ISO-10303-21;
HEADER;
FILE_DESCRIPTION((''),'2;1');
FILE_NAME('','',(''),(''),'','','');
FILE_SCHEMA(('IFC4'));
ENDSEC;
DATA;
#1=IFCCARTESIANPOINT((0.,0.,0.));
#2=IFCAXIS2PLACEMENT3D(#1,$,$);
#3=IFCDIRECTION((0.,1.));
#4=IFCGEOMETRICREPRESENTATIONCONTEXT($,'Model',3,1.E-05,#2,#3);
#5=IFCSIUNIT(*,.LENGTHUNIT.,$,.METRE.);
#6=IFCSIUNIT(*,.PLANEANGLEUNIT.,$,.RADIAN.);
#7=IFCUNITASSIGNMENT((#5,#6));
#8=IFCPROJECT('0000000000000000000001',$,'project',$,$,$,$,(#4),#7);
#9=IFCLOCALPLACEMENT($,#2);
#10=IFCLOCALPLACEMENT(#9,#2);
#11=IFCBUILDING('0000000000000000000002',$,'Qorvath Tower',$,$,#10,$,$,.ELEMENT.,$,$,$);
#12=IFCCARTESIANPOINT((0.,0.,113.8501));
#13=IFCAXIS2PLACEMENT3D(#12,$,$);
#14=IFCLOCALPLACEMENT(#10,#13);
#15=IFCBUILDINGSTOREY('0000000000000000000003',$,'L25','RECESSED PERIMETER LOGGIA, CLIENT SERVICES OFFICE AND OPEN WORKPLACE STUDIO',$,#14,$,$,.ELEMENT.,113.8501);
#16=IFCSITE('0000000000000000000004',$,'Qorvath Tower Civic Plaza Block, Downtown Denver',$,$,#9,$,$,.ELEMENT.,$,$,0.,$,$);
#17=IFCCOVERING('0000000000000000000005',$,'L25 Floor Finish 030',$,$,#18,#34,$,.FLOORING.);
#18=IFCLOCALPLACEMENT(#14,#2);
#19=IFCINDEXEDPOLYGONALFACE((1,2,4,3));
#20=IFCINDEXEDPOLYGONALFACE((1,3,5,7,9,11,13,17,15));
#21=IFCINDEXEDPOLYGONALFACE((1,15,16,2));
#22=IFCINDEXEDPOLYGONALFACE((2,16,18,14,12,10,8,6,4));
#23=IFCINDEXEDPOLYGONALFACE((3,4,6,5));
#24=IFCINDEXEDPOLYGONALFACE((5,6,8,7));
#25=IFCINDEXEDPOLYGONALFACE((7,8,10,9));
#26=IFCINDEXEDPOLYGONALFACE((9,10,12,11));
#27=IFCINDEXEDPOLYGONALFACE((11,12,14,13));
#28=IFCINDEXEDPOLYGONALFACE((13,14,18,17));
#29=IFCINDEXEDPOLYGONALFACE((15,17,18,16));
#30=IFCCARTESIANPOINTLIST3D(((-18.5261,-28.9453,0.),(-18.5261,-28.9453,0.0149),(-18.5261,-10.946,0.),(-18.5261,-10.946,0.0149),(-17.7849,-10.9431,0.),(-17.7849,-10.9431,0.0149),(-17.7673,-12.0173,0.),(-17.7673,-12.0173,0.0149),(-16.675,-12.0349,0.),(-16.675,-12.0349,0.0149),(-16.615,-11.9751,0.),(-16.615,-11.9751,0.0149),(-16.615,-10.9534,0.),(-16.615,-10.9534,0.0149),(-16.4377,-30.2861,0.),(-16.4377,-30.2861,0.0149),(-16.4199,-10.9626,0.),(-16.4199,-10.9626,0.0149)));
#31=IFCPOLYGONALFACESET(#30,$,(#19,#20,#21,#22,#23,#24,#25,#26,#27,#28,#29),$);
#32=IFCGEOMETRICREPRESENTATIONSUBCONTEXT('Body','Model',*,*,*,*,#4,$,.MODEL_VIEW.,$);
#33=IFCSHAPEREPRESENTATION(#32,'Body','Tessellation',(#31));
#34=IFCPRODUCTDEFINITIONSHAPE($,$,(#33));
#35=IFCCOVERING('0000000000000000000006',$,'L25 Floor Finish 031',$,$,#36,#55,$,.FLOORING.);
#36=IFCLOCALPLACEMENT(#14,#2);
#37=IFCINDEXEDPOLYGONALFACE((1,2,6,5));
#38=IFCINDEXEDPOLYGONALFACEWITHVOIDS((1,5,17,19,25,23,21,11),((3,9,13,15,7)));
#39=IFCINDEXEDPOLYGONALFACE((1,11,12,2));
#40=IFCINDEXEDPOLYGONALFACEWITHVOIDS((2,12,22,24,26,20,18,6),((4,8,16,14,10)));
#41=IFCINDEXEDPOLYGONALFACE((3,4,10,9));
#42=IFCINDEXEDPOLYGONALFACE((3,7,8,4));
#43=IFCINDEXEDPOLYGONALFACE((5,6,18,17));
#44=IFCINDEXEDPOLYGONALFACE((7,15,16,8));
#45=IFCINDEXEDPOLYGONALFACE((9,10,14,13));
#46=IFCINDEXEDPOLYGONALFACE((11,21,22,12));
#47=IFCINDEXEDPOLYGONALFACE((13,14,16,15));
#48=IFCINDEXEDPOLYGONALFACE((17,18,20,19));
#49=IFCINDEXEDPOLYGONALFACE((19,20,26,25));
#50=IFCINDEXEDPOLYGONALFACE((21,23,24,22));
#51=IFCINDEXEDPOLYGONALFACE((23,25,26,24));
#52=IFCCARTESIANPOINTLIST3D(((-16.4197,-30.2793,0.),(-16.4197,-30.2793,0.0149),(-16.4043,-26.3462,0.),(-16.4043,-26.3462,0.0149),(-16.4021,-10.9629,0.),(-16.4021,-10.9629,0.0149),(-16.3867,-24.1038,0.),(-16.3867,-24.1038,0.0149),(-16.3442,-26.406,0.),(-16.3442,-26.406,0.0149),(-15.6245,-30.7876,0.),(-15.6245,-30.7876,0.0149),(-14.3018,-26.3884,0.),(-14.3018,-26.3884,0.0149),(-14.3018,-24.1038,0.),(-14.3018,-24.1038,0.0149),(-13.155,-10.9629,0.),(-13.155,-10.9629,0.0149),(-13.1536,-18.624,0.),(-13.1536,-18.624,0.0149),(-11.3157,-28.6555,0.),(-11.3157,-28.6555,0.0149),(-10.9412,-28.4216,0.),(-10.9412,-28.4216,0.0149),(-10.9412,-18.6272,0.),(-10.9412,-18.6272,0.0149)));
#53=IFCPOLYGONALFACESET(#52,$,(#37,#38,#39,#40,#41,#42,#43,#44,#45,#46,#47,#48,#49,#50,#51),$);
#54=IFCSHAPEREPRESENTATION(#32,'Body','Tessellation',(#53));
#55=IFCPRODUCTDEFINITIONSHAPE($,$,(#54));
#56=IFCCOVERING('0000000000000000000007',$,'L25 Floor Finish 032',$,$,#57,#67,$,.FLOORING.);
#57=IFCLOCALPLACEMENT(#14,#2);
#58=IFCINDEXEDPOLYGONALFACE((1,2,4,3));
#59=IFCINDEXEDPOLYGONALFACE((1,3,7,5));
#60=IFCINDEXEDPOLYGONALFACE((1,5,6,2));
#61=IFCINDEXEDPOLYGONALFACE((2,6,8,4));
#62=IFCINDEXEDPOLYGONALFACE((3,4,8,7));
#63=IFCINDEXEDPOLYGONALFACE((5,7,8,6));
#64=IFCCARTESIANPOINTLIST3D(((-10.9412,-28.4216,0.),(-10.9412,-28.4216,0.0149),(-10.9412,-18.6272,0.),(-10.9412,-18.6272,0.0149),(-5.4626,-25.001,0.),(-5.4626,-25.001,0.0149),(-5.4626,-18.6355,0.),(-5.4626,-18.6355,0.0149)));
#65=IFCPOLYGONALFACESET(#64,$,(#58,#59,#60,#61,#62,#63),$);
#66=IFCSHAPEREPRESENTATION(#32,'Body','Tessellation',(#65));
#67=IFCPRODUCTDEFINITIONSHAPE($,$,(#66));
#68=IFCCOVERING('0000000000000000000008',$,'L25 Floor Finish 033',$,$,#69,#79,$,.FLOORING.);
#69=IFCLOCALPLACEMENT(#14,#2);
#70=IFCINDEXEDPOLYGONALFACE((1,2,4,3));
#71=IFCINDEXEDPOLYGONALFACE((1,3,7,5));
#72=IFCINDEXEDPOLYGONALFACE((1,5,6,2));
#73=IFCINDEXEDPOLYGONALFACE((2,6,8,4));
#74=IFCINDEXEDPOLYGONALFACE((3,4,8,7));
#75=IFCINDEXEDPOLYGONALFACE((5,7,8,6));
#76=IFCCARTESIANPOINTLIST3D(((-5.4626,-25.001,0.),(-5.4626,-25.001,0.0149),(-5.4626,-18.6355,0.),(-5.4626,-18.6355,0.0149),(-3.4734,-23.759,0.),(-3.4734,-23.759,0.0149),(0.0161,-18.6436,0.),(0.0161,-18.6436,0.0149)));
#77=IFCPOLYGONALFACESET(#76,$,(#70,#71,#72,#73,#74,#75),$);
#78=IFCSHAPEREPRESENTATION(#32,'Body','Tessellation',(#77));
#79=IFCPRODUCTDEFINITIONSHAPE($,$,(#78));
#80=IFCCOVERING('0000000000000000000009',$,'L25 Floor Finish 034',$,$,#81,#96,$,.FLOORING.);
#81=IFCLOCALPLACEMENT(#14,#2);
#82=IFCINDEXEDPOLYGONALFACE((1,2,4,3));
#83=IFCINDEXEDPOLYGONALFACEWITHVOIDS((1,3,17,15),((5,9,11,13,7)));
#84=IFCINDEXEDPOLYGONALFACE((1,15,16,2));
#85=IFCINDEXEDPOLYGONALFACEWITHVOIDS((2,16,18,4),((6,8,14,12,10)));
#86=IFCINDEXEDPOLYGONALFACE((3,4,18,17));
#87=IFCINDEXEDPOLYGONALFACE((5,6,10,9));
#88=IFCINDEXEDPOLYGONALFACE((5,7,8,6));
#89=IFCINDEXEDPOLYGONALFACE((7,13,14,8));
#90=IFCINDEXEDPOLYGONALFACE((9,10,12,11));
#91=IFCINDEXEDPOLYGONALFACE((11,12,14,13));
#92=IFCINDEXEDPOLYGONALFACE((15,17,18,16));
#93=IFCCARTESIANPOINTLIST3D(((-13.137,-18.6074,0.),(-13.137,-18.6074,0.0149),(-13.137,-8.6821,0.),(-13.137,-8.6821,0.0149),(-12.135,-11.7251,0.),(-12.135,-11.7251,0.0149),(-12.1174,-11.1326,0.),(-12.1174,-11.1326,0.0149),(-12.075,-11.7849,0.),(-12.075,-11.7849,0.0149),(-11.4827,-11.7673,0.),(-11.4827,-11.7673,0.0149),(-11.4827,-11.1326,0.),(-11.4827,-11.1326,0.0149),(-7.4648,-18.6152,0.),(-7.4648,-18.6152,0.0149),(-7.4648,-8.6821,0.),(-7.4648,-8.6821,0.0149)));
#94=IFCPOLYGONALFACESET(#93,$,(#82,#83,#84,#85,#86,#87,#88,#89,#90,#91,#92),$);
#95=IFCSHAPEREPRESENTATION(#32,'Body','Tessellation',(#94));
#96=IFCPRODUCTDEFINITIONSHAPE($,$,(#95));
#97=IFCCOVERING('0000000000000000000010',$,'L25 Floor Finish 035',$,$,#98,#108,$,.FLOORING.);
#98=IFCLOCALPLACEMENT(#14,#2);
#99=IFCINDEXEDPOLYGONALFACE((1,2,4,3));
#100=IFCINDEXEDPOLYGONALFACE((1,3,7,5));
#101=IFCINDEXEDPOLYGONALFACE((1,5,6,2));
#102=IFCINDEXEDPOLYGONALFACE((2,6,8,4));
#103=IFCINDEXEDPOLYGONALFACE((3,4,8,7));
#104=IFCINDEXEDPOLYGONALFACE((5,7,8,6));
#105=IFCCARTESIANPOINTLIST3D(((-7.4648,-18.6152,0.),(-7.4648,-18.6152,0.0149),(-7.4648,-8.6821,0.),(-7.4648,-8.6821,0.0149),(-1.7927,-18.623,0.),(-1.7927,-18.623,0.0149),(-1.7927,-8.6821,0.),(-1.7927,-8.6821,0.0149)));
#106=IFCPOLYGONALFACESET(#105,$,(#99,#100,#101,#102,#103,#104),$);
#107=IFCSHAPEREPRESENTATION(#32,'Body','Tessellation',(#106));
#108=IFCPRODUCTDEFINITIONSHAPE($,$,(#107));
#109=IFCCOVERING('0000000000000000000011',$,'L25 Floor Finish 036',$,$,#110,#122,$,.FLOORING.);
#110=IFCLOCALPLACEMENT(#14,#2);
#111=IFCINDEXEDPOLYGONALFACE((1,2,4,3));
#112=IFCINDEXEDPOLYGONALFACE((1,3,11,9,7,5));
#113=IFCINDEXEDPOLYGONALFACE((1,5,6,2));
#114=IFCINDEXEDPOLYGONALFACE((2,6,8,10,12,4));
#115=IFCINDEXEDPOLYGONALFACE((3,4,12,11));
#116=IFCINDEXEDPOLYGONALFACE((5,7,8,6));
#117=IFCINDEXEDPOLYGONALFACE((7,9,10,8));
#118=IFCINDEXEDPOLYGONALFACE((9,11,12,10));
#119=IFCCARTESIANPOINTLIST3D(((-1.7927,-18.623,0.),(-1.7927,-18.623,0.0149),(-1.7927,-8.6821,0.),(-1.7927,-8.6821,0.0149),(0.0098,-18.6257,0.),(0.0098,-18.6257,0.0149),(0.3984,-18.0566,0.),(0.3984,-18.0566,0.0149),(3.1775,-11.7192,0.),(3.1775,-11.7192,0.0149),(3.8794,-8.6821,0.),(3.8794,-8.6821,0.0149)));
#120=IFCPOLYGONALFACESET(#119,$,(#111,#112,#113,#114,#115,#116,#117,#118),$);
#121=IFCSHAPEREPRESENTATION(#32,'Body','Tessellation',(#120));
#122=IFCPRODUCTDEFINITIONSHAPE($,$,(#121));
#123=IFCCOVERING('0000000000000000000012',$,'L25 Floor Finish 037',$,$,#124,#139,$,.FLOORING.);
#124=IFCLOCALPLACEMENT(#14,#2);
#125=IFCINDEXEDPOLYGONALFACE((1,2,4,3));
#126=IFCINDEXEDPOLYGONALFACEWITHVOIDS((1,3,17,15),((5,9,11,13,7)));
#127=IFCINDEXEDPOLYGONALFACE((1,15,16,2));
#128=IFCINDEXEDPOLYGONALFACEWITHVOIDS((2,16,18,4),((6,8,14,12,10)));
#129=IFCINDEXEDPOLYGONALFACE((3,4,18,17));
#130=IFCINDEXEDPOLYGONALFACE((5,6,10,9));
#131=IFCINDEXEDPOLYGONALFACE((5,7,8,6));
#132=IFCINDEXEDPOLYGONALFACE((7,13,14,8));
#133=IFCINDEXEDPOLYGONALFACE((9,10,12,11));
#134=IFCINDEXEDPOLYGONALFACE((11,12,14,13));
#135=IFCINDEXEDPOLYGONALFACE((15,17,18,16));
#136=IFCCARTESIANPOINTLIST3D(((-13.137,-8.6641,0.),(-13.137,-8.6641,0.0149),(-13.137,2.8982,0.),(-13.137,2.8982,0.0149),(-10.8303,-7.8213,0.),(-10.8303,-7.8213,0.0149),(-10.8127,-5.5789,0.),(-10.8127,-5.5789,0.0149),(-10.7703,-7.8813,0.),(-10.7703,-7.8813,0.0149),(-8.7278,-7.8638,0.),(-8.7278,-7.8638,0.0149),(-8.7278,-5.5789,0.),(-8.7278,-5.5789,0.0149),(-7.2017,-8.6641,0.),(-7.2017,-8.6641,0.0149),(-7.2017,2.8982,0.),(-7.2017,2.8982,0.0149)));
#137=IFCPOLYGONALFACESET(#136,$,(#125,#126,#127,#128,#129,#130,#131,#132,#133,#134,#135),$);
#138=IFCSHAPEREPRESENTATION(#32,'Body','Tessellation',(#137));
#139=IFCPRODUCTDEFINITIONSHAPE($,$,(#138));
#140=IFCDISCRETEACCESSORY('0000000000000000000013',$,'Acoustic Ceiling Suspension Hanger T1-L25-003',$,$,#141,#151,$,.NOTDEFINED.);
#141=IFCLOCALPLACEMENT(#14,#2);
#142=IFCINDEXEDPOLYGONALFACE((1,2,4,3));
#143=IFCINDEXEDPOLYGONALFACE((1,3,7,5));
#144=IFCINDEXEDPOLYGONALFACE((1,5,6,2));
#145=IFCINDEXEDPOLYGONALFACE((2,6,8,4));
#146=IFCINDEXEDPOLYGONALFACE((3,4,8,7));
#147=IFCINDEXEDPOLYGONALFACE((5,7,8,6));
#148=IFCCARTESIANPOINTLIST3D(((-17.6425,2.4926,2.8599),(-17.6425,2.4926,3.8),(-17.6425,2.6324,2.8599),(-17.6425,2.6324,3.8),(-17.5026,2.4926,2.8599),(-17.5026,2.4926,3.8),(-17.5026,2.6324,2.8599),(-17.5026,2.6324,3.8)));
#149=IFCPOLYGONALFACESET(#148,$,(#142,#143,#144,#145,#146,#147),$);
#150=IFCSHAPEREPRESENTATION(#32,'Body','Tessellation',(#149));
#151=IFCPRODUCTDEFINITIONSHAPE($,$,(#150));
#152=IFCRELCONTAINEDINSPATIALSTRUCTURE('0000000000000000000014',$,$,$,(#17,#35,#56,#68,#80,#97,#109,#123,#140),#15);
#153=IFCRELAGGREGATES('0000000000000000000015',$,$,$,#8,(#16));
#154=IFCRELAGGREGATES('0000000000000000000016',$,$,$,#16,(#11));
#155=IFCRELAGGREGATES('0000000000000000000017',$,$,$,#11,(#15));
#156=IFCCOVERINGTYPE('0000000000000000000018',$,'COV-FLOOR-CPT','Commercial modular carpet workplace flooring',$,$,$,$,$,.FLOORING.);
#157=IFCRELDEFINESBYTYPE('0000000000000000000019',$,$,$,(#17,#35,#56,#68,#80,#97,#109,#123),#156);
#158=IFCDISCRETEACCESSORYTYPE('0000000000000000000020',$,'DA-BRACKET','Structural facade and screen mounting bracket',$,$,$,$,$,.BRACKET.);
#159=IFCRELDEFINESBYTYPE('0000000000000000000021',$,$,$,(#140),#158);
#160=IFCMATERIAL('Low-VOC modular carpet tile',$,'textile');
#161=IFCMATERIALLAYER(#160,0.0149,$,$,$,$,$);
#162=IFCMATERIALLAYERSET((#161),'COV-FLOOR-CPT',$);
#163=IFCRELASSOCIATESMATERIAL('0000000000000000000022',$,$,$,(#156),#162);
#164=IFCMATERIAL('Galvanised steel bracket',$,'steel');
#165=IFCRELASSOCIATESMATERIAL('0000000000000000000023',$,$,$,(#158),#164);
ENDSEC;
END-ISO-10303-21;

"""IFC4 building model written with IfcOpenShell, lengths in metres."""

from ifc_helpers import new_model, si_unit, direction, frame, origin, origin_2d, place, context, subcontext, project, spatial, polyline, rectangle, outline, extrude, material, layer, layer_set, type_object, element, save


model = new_model("IFC4")

# Units and contexts
model_context = context("Model", 3, precision=1e-05, world=origin(), true_north=direction((0.0, 1.0)))
body_context = subcontext(model_context, "Body", "Model", "MODEL_VIEW")
ifc_project = project(units=[si_unit("LENGTHUNIT", "METRE"), si_unit("PLANEANGLEUNIT", "RADIAN")], contexts=[model_context])

# Site, building, storey
site_placement = place(None, origin())
site = spatial("IfcSite", under=ifc_project, at=site_placement, Name="Qorvath Tower Civic Plaza Block, Downtown Denver", CompositionType="ELEMENT", RefElevation=0.0)
building_placement = place(site_placement, origin())
building = spatial("IfcBuilding", under=site, at=building_placement, Name="Qorvath Tower", CompositionType="ELEMENT")
storey_placement = place(building_placement, frame((0.0, 0.0, 113.8501)))
storey = spatial("IfcBuildingStorey", under=building, at=storey_placement, Name="L25", Description="RECESSED PERIMETER LOGGIA, CLIENT SERVICES OFFICE AND OPEN WORKPLACE STUDIO", CompositionType="ELEMENT", Elevation=113.8501)

# Coverings
ifc_material_1 = material(Name="Low-VOC modular carpet tile", Category="textile")
ifc_layer_1 = layer(ifc_material_1, 0.0149)
ifc_layer_set_1 = layer_set([ifc_layer_1], Name="COV-FLOOR-CPT")
covering_type_1 = type_object("IfcCoveringType", Name="COV-FLOOR-CPT", Description="Commercial modular carpet workplace flooring", PredefinedType="FLOORING", material=ifc_layer_set_1)
covering_1_placement = place(storey_placement, origin())
element("IfcCovering", 1, at=covering_1_placement, inside=storey, type_object=covering_type_1, Name="L25 Floor Finish 030", PredefinedType="FLOORING", context=body_context, shape_type="SweptSolid", body=[
    extrude(outline(polyline([(-16.4377, -30.2861), (-16.4199, -10.9626), (-16.615, -10.9534), (-16.615, -11.9751), (-16.675, -12.0349), (-17.7673, -12.0173), (-17.7849, -10.9431), (-18.5261, -10.946), (-18.5261, -28.9453), (-16.4377, -30.2861)])), origin(), (0.0, 0.0, 1.0), 0.0149),
])
covering_2_placement = place(storey_placement, origin())
element("IfcCovering", 2, at=covering_2_placement, inside=storey, type_object=covering_type_1, Name="L25 Floor Finish 031", PredefinedType="FLOORING", context=body_context, shape_type="SweptSolid", body=[
    extrude(outline(polyline([(-16.4197, -30.2793), (-15.6245, -30.7876), (-11.3157, -28.6555), (-10.9412, -28.4216), (-10.9412, -18.6272), (-13.1536, -18.624), (-13.155, -10.9629), (-16.4021, -10.9629), (-16.4197, -30.2793)]), holes=[polyline([(-16.4043, -26.3462), (-16.3867, -24.1038), (-14.3018, -24.1038), (-14.3018, -26.3884), (-16.3442, -26.406), (-16.4043, -26.3462)])]), origin(), (0.0, 0.0, 1.0), 0.0149),
])
covering_3_placement = place(storey_placement, origin())
element("IfcCovering", 3, at=covering_3_placement, inside=storey, type_object=covering_type_1, Name="L25 Floor Finish 032", PredefinedType="FLOORING", context=body_context, shape_type="SweptSolid", body=[
    extrude(outline(polyline([(-10.9412, -18.6272), (-10.9412, -28.4216), (-5.4626, -25.001), (-5.4626, -18.6355), (-10.9412, -18.6272)])), origin(), (0.0, 0.0, 1.0), 0.0149),
])
covering_4_placement = place(storey_placement, origin())
element("IfcCovering", 4, at=covering_4_placement, inside=storey, type_object=covering_type_1, Name="L25 Floor Finish 033", PredefinedType="FLOORING", context=body_context, shape_type="SweptSolid", body=[
    extrude(outline(polyline([(-5.4626, -18.6355), (-5.4626, -25.001), (-3.4734, -23.759), (0.0161, -18.6436), (-5.4626, -18.6355)])), origin(), (0.0, 0.0, 1.0), 0.0149),
])
covering_5_placement = place(storey_placement, origin())
element("IfcCovering", 5, at=covering_5_placement, inside=storey, type_object=covering_type_1, Name="L25 Floor Finish 034", PredefinedType="FLOORING", context=body_context, shape_type="SweptSolid", body=[
    extrude(outline(polyline([(-13.137, -18.6074), (-7.4648, -18.6152), (-7.4648, -8.6821), (-13.137, -8.6821), (-13.137, -18.6074)]), holes=[polyline([(-12.135, -11.7251), (-12.1174, -11.1326), (-11.4827, -11.1326), (-11.4827, -11.7673), (-12.075, -11.7849), (-12.135, -11.7251)])]), origin(), (0.0, 0.0, 1.0), 0.0149),
])
covering_6_placement = place(storey_placement, origin())
element("IfcCovering", 6, at=covering_6_placement, inside=storey, type_object=covering_type_1, Name="L25 Floor Finish 035", PredefinedType="FLOORING", context=body_context, shape_type="SweptSolid", body=[
    extrude(outline(polyline([(-7.4648, -8.6821), (-7.4648, -18.6152), (-1.7927, -18.623), (-1.7927, -8.6821), (-7.4648, -8.6821)])), origin(), (0.0, 0.0, 1.0), 0.0149),
])
covering_7_placement = place(storey_placement, origin())
element("IfcCovering", 7, at=covering_7_placement, inside=storey, type_object=covering_type_1, Name="L25 Floor Finish 036", PredefinedType="FLOORING", context=body_context, shape_type="SweptSolid", body=[
    extrude(outline(polyline([(-1.7927, -8.6821), (-1.7927, -18.623), (0.0098, -18.6257), (0.3984, -18.0566), (3.1775, -11.7192), (3.8794, -8.6821), (-1.7927, -8.6821)])), origin(), (0.0, 0.0, 1.0), 0.0149),
])
covering_8_placement = place(storey_placement, origin())
element("IfcCovering", 8, at=covering_8_placement, inside=storey, type_object=covering_type_1, Name="L25 Floor Finish 037", PredefinedType="FLOORING", context=body_context, shape_type="SweptSolid", body=[
    extrude(outline(polyline([(-7.2017, -8.6641), (-7.2017, 2.8982), (-13.137, 2.8982), (-13.137, -8.6641), (-7.2017, -8.6641)]), holes=[polyline([(-10.8303, -7.8213), (-10.8127, -5.5789), (-8.7278, -5.5789), (-8.7278, -7.8638), (-10.7703, -7.8813), (-10.8303, -7.8213)])]), origin(), (0.0, 0.0, 1.0), 0.0149),
])

# Discrete accessory
ifc_material_2 = material(Name="Galvanised steel bracket", Category="steel")
discrete_accessory_type = type_object("IfcDiscreteAccessoryType", Name="DA-BRACKET", Description="Structural facade and screen mounting bracket", PredefinedType="BRACKET", material=ifc_material_2)
discrete_accessory_placement = place(storey_placement, frame((-17.5725, 2.5625, 2.8599), z_axis=(0.0, 0.0, 1.0), x_axis=(1.0, 0.0, 0.0)))
element("IfcDiscreteAccessory", 9, at=discrete_accessory_placement, inside=storey, type_object=discrete_accessory_type, Name="Acoustic Ceiling Suspension Hanger T1-L25-003", PredefinedType="NOTDEFINED", context=body_context, shape_type="SweptSolid", body=[
    extrude(rectangle(XDim=0.1399, YDim=0.1399, at=origin_2d()), origin(), (0.0, 0.0, 1.0), 0.9402),
])

save(model, "model.ifc")
